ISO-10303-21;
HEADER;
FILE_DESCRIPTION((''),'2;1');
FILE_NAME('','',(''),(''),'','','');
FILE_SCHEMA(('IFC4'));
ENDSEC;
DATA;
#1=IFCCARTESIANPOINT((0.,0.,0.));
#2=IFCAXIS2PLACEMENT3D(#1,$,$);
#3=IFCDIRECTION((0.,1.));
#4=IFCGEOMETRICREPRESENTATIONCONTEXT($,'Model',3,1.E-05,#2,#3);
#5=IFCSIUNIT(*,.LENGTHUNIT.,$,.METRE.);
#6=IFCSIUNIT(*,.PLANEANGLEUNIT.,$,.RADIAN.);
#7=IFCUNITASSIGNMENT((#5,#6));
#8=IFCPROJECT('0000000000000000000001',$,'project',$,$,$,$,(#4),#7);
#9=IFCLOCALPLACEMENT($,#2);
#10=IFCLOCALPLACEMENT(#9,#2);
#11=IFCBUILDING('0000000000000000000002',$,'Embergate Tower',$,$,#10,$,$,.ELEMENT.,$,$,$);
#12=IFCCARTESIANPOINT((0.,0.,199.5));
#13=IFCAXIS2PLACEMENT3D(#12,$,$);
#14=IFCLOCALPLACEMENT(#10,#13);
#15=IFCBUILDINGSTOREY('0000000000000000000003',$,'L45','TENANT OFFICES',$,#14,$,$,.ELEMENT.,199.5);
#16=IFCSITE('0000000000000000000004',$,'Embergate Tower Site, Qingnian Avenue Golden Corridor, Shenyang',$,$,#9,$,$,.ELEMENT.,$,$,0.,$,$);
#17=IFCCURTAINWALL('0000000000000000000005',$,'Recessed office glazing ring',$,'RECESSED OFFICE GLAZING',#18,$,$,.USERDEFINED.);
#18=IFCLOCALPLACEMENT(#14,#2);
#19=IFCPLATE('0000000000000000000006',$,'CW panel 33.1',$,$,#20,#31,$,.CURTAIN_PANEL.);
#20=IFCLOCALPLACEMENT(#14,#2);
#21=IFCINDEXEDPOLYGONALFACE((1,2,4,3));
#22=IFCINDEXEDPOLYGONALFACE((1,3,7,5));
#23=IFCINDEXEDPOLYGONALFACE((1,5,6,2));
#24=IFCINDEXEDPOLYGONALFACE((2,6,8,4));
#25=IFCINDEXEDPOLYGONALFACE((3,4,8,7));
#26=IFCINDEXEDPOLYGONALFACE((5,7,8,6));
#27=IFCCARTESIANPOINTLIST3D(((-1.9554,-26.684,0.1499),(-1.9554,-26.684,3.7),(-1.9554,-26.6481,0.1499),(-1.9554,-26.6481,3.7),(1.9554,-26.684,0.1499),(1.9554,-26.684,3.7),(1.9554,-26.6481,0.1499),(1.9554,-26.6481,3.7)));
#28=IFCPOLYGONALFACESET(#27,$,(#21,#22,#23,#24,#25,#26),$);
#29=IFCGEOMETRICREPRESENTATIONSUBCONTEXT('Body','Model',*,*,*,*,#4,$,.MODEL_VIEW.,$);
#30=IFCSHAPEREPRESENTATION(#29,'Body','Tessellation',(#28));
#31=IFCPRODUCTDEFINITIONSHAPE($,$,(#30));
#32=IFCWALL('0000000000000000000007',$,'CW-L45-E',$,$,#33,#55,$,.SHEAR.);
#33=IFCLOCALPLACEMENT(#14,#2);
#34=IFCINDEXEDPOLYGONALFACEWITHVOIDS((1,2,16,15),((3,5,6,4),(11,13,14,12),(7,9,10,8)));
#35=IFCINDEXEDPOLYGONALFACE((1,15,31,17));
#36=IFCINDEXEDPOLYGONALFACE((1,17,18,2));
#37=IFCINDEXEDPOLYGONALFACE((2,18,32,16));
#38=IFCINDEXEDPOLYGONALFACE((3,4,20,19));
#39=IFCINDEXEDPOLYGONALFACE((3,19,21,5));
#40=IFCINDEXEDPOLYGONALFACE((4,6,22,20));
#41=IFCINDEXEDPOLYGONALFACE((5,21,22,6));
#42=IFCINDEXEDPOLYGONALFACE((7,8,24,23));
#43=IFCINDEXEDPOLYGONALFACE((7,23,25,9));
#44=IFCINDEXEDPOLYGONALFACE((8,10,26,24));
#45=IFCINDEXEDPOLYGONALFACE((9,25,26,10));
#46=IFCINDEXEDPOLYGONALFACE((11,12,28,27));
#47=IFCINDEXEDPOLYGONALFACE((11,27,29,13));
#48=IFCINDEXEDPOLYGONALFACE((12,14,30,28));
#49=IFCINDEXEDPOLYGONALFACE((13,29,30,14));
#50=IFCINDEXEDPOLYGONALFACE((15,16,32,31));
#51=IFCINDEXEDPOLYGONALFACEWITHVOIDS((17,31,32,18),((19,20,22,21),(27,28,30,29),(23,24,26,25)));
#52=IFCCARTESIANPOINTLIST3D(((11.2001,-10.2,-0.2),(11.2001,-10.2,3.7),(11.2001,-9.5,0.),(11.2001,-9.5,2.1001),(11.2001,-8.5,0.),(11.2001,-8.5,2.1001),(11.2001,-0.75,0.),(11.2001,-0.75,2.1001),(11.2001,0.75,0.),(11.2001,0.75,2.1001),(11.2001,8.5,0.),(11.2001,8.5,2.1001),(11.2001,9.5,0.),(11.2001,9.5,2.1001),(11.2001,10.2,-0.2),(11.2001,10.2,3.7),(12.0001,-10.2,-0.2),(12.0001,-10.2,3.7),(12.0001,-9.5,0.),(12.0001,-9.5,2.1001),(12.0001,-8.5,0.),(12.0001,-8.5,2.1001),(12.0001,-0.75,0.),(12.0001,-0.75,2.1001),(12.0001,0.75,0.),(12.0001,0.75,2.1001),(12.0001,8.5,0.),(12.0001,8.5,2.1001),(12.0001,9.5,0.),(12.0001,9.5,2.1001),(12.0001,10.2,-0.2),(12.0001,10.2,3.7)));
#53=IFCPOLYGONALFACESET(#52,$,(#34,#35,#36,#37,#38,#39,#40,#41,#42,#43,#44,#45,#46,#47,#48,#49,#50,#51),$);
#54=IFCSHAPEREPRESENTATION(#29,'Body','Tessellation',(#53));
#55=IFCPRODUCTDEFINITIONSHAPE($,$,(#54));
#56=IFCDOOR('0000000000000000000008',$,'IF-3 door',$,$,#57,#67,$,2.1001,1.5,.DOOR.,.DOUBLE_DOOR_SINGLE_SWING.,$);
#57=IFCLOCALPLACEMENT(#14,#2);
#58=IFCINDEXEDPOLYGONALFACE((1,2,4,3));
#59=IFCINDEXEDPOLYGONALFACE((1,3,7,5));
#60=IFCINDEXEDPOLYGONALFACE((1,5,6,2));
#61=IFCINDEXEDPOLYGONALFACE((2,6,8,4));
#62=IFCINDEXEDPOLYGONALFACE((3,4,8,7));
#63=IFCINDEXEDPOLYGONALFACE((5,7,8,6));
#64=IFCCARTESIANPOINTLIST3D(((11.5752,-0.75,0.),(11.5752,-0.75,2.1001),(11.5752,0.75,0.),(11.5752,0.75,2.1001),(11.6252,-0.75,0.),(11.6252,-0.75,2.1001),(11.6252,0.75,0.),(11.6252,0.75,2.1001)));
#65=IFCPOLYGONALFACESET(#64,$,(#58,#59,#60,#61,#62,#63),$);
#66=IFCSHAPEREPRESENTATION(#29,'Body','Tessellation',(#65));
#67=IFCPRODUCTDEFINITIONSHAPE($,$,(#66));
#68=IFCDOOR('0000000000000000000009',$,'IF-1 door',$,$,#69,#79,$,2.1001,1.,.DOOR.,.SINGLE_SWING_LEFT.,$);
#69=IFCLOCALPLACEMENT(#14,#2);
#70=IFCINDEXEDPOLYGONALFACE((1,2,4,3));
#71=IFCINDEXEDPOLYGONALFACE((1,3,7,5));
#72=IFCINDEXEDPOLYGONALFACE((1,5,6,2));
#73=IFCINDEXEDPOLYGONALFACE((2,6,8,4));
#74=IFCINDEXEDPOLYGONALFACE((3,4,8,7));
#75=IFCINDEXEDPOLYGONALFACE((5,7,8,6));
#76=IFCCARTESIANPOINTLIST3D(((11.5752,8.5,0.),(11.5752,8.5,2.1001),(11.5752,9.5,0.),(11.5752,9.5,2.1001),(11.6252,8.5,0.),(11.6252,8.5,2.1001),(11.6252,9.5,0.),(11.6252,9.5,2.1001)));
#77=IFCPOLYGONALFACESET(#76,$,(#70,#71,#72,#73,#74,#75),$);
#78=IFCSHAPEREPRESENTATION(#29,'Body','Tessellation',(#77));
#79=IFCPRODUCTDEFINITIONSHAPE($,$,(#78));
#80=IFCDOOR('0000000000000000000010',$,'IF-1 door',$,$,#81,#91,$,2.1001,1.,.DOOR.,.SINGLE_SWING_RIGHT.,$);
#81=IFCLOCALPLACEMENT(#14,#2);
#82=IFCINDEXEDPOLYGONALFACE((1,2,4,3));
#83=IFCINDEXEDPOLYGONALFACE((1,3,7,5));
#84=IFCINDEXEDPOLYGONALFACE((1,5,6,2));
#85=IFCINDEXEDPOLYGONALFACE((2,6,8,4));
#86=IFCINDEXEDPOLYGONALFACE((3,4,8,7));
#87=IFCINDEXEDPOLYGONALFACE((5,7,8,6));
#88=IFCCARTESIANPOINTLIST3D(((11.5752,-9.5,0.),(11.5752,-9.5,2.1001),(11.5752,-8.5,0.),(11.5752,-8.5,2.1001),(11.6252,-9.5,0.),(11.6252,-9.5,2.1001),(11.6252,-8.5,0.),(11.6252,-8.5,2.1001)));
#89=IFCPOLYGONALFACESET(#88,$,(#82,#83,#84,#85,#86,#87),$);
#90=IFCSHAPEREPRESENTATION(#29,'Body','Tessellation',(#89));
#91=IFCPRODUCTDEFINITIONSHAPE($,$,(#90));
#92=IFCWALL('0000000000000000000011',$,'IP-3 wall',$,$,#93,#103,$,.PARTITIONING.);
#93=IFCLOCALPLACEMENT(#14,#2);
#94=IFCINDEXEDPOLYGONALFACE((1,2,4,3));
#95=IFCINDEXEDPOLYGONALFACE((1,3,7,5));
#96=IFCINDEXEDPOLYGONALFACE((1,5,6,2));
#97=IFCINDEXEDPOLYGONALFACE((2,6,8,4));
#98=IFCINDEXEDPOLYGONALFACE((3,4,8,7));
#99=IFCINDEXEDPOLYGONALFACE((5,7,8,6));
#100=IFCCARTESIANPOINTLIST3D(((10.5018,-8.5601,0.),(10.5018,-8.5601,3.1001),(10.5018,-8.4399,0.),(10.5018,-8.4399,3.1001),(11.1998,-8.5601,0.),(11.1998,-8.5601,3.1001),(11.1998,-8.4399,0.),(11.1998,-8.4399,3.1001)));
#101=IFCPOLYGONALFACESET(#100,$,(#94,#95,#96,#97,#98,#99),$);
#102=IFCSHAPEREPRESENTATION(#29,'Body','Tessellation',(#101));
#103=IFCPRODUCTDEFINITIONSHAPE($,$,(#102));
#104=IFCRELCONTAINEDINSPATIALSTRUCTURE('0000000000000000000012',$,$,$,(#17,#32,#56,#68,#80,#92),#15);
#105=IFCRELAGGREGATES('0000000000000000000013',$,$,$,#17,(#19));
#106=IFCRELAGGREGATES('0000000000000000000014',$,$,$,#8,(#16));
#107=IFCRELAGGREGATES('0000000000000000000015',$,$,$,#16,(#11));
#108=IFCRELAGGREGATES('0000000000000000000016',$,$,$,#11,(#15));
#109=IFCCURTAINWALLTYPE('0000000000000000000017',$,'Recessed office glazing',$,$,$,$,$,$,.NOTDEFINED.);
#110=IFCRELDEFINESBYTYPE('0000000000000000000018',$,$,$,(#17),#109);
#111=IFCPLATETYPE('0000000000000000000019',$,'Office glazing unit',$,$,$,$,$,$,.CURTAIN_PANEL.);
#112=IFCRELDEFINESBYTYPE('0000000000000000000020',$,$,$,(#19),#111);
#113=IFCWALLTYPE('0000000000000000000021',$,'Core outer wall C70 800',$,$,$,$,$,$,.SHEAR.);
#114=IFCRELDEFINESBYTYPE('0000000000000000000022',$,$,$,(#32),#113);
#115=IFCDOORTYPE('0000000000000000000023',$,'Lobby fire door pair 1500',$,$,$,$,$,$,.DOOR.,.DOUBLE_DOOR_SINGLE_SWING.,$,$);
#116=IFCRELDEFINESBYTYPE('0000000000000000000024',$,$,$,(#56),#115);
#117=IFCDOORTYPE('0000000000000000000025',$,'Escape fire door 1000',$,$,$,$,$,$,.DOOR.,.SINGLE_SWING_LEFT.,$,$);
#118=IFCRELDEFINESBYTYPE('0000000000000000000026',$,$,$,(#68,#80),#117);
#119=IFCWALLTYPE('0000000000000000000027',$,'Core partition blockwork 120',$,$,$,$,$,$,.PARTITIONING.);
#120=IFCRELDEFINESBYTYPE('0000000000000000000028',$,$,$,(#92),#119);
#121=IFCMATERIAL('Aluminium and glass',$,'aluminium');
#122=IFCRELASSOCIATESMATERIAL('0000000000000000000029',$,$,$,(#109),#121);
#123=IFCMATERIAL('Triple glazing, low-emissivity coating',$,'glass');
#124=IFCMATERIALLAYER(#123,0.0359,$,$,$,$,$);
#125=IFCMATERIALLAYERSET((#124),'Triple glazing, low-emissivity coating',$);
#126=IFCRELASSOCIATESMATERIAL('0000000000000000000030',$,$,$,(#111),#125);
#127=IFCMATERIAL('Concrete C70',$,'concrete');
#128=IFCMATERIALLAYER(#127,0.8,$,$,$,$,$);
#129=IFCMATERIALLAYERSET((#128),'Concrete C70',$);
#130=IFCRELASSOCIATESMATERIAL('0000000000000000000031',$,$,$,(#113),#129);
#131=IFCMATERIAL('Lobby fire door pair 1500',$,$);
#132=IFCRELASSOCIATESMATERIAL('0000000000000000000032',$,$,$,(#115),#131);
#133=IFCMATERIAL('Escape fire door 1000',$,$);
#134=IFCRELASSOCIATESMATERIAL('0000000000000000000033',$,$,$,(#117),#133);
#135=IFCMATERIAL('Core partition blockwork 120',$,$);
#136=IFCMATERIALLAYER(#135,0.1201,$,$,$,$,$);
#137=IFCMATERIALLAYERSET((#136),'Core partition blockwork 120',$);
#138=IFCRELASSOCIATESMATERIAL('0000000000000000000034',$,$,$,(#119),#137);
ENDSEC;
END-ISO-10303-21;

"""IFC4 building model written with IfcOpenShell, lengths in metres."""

from ifc_helpers import new_model, si_unit, direction, frame, frame_2d, origin, origin_2d, place, context, subcontext, project, spatial, rectangle, extrude, source, transform, mapped, material, layer, layer_set, type_object, element, fill, aggregate, save


model = new_model("IFC4")

# Units and contexts
model_context = context("Model", 3, precision=1e-05, world=origin(), true_north=direction((0.0, 1.0)))
body_context = subcontext(model_context, "Body", "Model", "MODEL_VIEW")
ifc_project = project(units=[si_unit("LENGTHUNIT", "METRE"), si_unit("PLANEANGLEUNIT", "RADIAN")], contexts=[model_context])

# Site, building, storey
site_placement = place(None, origin())
site = spatial("IfcSite", under=ifc_project, at=site_placement, Name="Embergate Tower Site, Qingnian Avenue Golden Corridor, Shenyang", CompositionType="ELEMENT", RefElevation=0.0)
building_placement = place(site_placement, origin())
building = spatial("IfcBuilding", under=site, at=building_placement, Name="Embergate Tower", CompositionType="ELEMENT")
storey_placement = place(building_placement, frame((0.0, 0.0, 199.5)))
storey = spatial("IfcBuildingStorey", under=building, at=storey_placement, Name="L45", Description="TENANT OFFICES", CompositionType="ELEMENT", Elevation=199.5)

# Curtain wall, plate
ifc_material_1 = material(Name="Aluminium and glass", Category="aluminium")
curtain_wall_type = type_object("IfcCurtainWallType", Name="Recessed office glazing", PredefinedType="NOTDEFINED", material=ifc_material_1)
curtain_wall_placement = place(storey_placement, origin())
curtain_wall = element("IfcCurtainWall", 1, at=curtain_wall_placement, inside=storey, type_object=curtain_wall_type, Name="Recessed office glazing ring", ObjectType="RECESSED OFFICE GLAZING", PredefinedType="USERDEFINED")
ifc_material_2 = material(Name="Triple glazing, low-emissivity coating", Category="glass")
ifc_layer_1 = layer(ifc_material_2, 0.0359)
ifc_layer_set_1 = layer_set([ifc_layer_1], Name="Triple glazing, low-emissivity coating")
plate_type = type_object("IfcPlateType", Name="Office glazing unit", PredefinedType="CURTAIN_PANEL", material=ifc_layer_set_1)
shared_shape_1 = source(origin(), body_context, "Body", "SweptSolid", [
    extrude(rectangle(XDim=3.9109, YDim=0.0359, at=origin_2d()), origin(), (0.0, 0.0, 1.0), 3.55),
])
plate_1_placement = place(storey_placement, frame((0.0, -26.666, 0.1499), z_axis=(0.0, 0.0, 1.0), x_axis=(1.0, 0.0, 0.0)))
plate_1 = element("IfcPlate", 2, at=plate_1_placement, type_object=plate_type, Name="CW panel 33.1", PredefinedType="CURTAIN_PANEL", context=body_context, shape_type="MappedRepresentation", body=[
    mapped(shared_shape_1, transform((0.0, 0.0, 0.0))),
])
aggregate(curtain_wall, [plate_1])

# Wall, openings, doors
ifc_material_3 = material(Name="Concrete C70", Category="concrete")
ifc_layer_2 = layer(ifc_material_3, 0.8)
ifc_layer_set_2 = layer_set([ifc_layer_2], Name="Concrete C70")
wall_type_1 = type_object("IfcWallType", Name="Core outer wall C70 800", PredefinedType="SHEAR", material=ifc_layer_set_2)
shared_shape_2 = source(origin(), body_context, "Body", "SweptSolid", [
    extrude(rectangle(XDim=20.3999, YDim=0.8, at=frame_2d((10.2, 0.0))), origin(), (0.0, 0.0, 1.0), 3.8999),
])
wall_1_placement = place(storey_placement, frame((11.6001, -10.2, -0.2), z_axis=(0.0, 0.0, 1.0), x_axis=(0.0, 1.0, 0.0)))
wall_1 = element("IfcWall", 3, at=wall_1_placement, inside=storey, type_object=wall_type_1, Name="CW-L45-E", PredefinedType="SHEAR", context=body_context, shape_type="MappedRepresentation", body=[
    mapped(shared_shape_2, transform((0.0, 0.0, 0.0))),
])
shared_shape_3 = source(origin(), body_context, "Body", "SweptSolid", [
    extrude(rectangle(XDim=1.0, YDim=2.1001, at=frame_2d((0.5, 1.05))), frame((0.0, 0.4099, 0.0), z_axis=(0.0, -1.0, 0.0), x_axis=(1.0, 0.0, 0.0)), (0.0, 0.0, 1.0), 0.8201),
])
opening_1_placement = place(wall_1_placement, frame((18.7, 0.0, 0.2)))
opening_1 = element("IfcOpeningElement", 4, at=opening_1_placement, cuts=wall_1, PredefinedType="OPENING", context=body_context, shape_type="MappedRepresentation", body=[
    mapped(shared_shape_3, transform((0.0, 0.0, 0.0))),
])
opening_2_placement = place(wall_1_placement, frame((0.7, 0.0, 0.2)))
opening_2 = element("IfcOpeningElement", 5, at=opening_2_placement, cuts=wall_1, PredefinedType="OPENING", context=body_context, shape_type="MappedRepresentation", body=[
    mapped(shared_shape_3, transform((0.0, 0.0, 0.0))),
])
shared_shape_4 = source(origin(), body_context, "Body", "SweptSolid", [
    extrude(rectangle(XDim=1.5, YDim=2.1001, at=frame_2d((0.75, 1.05))), frame((0.0, 0.4099, 0.0), z_axis=(0.0, -1.0, 0.0), x_axis=(1.0, 0.0, 0.0)), (0.0, 0.0, 1.0), 0.8201),
])
opening_3_placement = place(wall_1_placement, frame((9.45, 0.0, 0.2)))
opening_3 = element("IfcOpeningElement", 6, at=opening_3_placement, cuts=wall_1, PredefinedType="OPENING", context=body_context, shape_type="MappedRepresentation", body=[
    mapped(shared_shape_4, transform((0.0, 0.0, 0.0))),
])
ifc_material_4 = material(Name="Lobby fire door pair 1500")
door_type_1 = type_object("IfcDoorType", Name="Lobby fire door pair 1500", OperationType="DOUBLE_DOOR_SINGLE_SWING", PredefinedType="DOOR", material=ifc_material_4)
shared_shape_5 = source(origin(), body_context, "Body", "SweptSolid", [
    extrude(rectangle(XDim=1.5, YDim=2.1001, at=frame_2d((0.75, 1.05))), frame((0.0, 0.0249, 0.0), z_axis=(0.0, -1.0, 0.0), x_axis=(1.0, 0.0, 0.0)), (0.0, 0.0, 1.0), 0.05),
])
door_1_placement = place(opening_3_placement, origin())
door_1 = element("IfcDoor", 7, at=door_1_placement, inside=storey, type_object=door_type_1, Name="IF-3 door", OperationType="DOUBLE_DOOR_SINGLE_SWING", OverallHeight=2.1001, OverallWidth=1.5, PredefinedType="DOOR", context=body_context, shape_type="MappedRepresentation", body=[
    mapped(shared_shape_5, transform((0.0, 0.0, 0.0))),
])
fill(opening_3, door_1)
ifc_material_5 = material(Name="Escape fire door 1000")
door_type_2 = type_object("IfcDoorType", Name="Escape fire door 1000", OperationType="SINGLE_SWING_LEFT", PredefinedType="DOOR", material=ifc_material_5)
shared_shape_6 = source(origin(), body_context, "Body", "SweptSolid", [
    extrude(rectangle(XDim=1.0, YDim=2.1001, at=frame_2d((0.5, 1.05))), frame((0.0, 0.0249, 0.0), z_axis=(0.0, -1.0, 0.0), x_axis=(1.0, 0.0, 0.0)), (0.0, 0.0, 1.0), 0.05),
])
door_2_placement = place(opening_1_placement, origin())
door_2 = element("IfcDoor", 8, at=door_2_placement, inside=storey, type_object=door_type_2, Name="IF-1 door", OperationType="SINGLE_SWING_LEFT", OverallHeight=2.1001, OverallWidth=1.0, PredefinedType="DOOR", context=body_context, shape_type="MappedRepresentation", body=[
    mapped(shared_shape_6, transform((0.0, 0.0, 0.0))),
])
fill(opening_1, door_2)
door_3_placement = place(opening_2_placement, origin())
door_3 = element("IfcDoor", 9, at=door_3_placement, inside=storey, type_object=door_type_2, Name="IF-1 door", OperationType="SINGLE_SWING_RIGHT", OverallHeight=2.1001, OverallWidth=1.0, PredefinedType="DOOR", context=body_context, shape_type="MappedRepresentation", body=[
    mapped(shared_shape_6, transform((0.0, 0.0, 0.0))),
])
fill(opening_2, door_3)

# Wall
ifc_material_6 = material(Name="Core partition blockwork 120")
ifc_layer_3 = layer(ifc_material_6, 0.1201)
ifc_layer_set_3 = layer_set([ifc_layer_3], Name="Core partition blockwork 120")
wall_type_2 = type_object("IfcWallType", Name="Core partition blockwork 120", PredefinedType="PARTITIONING", material=ifc_layer_set_3)
shared_shape_7 = source(origin(), body_context, "Body", "SweptSolid", [
    extrude(rectangle(XDim=0.698, YDim=0.1201, at=frame_2d((0.3491, 0.0))), origin(), (0.0, 0.0, 1.0), 3.1001),
])
wall_2_placement = place(storey_placement, frame((11.2, -8.5, 0.0), z_axis=(0.0, 0.0, 1.0), x_axis=(-1.0, 0.0, 0.0)))
element("IfcWall", 10, at=wall_2_placement, inside=storey, type_object=wall_type_2, Name="IP-3 wall", PredefinedType="PARTITIONING", context=body_context, shape_type="MappedRepresentation", body=[
    mapped(shared_shape_7, transform((0.0, 0.0, 0.0))),
])

save(model, "model.ifc")
